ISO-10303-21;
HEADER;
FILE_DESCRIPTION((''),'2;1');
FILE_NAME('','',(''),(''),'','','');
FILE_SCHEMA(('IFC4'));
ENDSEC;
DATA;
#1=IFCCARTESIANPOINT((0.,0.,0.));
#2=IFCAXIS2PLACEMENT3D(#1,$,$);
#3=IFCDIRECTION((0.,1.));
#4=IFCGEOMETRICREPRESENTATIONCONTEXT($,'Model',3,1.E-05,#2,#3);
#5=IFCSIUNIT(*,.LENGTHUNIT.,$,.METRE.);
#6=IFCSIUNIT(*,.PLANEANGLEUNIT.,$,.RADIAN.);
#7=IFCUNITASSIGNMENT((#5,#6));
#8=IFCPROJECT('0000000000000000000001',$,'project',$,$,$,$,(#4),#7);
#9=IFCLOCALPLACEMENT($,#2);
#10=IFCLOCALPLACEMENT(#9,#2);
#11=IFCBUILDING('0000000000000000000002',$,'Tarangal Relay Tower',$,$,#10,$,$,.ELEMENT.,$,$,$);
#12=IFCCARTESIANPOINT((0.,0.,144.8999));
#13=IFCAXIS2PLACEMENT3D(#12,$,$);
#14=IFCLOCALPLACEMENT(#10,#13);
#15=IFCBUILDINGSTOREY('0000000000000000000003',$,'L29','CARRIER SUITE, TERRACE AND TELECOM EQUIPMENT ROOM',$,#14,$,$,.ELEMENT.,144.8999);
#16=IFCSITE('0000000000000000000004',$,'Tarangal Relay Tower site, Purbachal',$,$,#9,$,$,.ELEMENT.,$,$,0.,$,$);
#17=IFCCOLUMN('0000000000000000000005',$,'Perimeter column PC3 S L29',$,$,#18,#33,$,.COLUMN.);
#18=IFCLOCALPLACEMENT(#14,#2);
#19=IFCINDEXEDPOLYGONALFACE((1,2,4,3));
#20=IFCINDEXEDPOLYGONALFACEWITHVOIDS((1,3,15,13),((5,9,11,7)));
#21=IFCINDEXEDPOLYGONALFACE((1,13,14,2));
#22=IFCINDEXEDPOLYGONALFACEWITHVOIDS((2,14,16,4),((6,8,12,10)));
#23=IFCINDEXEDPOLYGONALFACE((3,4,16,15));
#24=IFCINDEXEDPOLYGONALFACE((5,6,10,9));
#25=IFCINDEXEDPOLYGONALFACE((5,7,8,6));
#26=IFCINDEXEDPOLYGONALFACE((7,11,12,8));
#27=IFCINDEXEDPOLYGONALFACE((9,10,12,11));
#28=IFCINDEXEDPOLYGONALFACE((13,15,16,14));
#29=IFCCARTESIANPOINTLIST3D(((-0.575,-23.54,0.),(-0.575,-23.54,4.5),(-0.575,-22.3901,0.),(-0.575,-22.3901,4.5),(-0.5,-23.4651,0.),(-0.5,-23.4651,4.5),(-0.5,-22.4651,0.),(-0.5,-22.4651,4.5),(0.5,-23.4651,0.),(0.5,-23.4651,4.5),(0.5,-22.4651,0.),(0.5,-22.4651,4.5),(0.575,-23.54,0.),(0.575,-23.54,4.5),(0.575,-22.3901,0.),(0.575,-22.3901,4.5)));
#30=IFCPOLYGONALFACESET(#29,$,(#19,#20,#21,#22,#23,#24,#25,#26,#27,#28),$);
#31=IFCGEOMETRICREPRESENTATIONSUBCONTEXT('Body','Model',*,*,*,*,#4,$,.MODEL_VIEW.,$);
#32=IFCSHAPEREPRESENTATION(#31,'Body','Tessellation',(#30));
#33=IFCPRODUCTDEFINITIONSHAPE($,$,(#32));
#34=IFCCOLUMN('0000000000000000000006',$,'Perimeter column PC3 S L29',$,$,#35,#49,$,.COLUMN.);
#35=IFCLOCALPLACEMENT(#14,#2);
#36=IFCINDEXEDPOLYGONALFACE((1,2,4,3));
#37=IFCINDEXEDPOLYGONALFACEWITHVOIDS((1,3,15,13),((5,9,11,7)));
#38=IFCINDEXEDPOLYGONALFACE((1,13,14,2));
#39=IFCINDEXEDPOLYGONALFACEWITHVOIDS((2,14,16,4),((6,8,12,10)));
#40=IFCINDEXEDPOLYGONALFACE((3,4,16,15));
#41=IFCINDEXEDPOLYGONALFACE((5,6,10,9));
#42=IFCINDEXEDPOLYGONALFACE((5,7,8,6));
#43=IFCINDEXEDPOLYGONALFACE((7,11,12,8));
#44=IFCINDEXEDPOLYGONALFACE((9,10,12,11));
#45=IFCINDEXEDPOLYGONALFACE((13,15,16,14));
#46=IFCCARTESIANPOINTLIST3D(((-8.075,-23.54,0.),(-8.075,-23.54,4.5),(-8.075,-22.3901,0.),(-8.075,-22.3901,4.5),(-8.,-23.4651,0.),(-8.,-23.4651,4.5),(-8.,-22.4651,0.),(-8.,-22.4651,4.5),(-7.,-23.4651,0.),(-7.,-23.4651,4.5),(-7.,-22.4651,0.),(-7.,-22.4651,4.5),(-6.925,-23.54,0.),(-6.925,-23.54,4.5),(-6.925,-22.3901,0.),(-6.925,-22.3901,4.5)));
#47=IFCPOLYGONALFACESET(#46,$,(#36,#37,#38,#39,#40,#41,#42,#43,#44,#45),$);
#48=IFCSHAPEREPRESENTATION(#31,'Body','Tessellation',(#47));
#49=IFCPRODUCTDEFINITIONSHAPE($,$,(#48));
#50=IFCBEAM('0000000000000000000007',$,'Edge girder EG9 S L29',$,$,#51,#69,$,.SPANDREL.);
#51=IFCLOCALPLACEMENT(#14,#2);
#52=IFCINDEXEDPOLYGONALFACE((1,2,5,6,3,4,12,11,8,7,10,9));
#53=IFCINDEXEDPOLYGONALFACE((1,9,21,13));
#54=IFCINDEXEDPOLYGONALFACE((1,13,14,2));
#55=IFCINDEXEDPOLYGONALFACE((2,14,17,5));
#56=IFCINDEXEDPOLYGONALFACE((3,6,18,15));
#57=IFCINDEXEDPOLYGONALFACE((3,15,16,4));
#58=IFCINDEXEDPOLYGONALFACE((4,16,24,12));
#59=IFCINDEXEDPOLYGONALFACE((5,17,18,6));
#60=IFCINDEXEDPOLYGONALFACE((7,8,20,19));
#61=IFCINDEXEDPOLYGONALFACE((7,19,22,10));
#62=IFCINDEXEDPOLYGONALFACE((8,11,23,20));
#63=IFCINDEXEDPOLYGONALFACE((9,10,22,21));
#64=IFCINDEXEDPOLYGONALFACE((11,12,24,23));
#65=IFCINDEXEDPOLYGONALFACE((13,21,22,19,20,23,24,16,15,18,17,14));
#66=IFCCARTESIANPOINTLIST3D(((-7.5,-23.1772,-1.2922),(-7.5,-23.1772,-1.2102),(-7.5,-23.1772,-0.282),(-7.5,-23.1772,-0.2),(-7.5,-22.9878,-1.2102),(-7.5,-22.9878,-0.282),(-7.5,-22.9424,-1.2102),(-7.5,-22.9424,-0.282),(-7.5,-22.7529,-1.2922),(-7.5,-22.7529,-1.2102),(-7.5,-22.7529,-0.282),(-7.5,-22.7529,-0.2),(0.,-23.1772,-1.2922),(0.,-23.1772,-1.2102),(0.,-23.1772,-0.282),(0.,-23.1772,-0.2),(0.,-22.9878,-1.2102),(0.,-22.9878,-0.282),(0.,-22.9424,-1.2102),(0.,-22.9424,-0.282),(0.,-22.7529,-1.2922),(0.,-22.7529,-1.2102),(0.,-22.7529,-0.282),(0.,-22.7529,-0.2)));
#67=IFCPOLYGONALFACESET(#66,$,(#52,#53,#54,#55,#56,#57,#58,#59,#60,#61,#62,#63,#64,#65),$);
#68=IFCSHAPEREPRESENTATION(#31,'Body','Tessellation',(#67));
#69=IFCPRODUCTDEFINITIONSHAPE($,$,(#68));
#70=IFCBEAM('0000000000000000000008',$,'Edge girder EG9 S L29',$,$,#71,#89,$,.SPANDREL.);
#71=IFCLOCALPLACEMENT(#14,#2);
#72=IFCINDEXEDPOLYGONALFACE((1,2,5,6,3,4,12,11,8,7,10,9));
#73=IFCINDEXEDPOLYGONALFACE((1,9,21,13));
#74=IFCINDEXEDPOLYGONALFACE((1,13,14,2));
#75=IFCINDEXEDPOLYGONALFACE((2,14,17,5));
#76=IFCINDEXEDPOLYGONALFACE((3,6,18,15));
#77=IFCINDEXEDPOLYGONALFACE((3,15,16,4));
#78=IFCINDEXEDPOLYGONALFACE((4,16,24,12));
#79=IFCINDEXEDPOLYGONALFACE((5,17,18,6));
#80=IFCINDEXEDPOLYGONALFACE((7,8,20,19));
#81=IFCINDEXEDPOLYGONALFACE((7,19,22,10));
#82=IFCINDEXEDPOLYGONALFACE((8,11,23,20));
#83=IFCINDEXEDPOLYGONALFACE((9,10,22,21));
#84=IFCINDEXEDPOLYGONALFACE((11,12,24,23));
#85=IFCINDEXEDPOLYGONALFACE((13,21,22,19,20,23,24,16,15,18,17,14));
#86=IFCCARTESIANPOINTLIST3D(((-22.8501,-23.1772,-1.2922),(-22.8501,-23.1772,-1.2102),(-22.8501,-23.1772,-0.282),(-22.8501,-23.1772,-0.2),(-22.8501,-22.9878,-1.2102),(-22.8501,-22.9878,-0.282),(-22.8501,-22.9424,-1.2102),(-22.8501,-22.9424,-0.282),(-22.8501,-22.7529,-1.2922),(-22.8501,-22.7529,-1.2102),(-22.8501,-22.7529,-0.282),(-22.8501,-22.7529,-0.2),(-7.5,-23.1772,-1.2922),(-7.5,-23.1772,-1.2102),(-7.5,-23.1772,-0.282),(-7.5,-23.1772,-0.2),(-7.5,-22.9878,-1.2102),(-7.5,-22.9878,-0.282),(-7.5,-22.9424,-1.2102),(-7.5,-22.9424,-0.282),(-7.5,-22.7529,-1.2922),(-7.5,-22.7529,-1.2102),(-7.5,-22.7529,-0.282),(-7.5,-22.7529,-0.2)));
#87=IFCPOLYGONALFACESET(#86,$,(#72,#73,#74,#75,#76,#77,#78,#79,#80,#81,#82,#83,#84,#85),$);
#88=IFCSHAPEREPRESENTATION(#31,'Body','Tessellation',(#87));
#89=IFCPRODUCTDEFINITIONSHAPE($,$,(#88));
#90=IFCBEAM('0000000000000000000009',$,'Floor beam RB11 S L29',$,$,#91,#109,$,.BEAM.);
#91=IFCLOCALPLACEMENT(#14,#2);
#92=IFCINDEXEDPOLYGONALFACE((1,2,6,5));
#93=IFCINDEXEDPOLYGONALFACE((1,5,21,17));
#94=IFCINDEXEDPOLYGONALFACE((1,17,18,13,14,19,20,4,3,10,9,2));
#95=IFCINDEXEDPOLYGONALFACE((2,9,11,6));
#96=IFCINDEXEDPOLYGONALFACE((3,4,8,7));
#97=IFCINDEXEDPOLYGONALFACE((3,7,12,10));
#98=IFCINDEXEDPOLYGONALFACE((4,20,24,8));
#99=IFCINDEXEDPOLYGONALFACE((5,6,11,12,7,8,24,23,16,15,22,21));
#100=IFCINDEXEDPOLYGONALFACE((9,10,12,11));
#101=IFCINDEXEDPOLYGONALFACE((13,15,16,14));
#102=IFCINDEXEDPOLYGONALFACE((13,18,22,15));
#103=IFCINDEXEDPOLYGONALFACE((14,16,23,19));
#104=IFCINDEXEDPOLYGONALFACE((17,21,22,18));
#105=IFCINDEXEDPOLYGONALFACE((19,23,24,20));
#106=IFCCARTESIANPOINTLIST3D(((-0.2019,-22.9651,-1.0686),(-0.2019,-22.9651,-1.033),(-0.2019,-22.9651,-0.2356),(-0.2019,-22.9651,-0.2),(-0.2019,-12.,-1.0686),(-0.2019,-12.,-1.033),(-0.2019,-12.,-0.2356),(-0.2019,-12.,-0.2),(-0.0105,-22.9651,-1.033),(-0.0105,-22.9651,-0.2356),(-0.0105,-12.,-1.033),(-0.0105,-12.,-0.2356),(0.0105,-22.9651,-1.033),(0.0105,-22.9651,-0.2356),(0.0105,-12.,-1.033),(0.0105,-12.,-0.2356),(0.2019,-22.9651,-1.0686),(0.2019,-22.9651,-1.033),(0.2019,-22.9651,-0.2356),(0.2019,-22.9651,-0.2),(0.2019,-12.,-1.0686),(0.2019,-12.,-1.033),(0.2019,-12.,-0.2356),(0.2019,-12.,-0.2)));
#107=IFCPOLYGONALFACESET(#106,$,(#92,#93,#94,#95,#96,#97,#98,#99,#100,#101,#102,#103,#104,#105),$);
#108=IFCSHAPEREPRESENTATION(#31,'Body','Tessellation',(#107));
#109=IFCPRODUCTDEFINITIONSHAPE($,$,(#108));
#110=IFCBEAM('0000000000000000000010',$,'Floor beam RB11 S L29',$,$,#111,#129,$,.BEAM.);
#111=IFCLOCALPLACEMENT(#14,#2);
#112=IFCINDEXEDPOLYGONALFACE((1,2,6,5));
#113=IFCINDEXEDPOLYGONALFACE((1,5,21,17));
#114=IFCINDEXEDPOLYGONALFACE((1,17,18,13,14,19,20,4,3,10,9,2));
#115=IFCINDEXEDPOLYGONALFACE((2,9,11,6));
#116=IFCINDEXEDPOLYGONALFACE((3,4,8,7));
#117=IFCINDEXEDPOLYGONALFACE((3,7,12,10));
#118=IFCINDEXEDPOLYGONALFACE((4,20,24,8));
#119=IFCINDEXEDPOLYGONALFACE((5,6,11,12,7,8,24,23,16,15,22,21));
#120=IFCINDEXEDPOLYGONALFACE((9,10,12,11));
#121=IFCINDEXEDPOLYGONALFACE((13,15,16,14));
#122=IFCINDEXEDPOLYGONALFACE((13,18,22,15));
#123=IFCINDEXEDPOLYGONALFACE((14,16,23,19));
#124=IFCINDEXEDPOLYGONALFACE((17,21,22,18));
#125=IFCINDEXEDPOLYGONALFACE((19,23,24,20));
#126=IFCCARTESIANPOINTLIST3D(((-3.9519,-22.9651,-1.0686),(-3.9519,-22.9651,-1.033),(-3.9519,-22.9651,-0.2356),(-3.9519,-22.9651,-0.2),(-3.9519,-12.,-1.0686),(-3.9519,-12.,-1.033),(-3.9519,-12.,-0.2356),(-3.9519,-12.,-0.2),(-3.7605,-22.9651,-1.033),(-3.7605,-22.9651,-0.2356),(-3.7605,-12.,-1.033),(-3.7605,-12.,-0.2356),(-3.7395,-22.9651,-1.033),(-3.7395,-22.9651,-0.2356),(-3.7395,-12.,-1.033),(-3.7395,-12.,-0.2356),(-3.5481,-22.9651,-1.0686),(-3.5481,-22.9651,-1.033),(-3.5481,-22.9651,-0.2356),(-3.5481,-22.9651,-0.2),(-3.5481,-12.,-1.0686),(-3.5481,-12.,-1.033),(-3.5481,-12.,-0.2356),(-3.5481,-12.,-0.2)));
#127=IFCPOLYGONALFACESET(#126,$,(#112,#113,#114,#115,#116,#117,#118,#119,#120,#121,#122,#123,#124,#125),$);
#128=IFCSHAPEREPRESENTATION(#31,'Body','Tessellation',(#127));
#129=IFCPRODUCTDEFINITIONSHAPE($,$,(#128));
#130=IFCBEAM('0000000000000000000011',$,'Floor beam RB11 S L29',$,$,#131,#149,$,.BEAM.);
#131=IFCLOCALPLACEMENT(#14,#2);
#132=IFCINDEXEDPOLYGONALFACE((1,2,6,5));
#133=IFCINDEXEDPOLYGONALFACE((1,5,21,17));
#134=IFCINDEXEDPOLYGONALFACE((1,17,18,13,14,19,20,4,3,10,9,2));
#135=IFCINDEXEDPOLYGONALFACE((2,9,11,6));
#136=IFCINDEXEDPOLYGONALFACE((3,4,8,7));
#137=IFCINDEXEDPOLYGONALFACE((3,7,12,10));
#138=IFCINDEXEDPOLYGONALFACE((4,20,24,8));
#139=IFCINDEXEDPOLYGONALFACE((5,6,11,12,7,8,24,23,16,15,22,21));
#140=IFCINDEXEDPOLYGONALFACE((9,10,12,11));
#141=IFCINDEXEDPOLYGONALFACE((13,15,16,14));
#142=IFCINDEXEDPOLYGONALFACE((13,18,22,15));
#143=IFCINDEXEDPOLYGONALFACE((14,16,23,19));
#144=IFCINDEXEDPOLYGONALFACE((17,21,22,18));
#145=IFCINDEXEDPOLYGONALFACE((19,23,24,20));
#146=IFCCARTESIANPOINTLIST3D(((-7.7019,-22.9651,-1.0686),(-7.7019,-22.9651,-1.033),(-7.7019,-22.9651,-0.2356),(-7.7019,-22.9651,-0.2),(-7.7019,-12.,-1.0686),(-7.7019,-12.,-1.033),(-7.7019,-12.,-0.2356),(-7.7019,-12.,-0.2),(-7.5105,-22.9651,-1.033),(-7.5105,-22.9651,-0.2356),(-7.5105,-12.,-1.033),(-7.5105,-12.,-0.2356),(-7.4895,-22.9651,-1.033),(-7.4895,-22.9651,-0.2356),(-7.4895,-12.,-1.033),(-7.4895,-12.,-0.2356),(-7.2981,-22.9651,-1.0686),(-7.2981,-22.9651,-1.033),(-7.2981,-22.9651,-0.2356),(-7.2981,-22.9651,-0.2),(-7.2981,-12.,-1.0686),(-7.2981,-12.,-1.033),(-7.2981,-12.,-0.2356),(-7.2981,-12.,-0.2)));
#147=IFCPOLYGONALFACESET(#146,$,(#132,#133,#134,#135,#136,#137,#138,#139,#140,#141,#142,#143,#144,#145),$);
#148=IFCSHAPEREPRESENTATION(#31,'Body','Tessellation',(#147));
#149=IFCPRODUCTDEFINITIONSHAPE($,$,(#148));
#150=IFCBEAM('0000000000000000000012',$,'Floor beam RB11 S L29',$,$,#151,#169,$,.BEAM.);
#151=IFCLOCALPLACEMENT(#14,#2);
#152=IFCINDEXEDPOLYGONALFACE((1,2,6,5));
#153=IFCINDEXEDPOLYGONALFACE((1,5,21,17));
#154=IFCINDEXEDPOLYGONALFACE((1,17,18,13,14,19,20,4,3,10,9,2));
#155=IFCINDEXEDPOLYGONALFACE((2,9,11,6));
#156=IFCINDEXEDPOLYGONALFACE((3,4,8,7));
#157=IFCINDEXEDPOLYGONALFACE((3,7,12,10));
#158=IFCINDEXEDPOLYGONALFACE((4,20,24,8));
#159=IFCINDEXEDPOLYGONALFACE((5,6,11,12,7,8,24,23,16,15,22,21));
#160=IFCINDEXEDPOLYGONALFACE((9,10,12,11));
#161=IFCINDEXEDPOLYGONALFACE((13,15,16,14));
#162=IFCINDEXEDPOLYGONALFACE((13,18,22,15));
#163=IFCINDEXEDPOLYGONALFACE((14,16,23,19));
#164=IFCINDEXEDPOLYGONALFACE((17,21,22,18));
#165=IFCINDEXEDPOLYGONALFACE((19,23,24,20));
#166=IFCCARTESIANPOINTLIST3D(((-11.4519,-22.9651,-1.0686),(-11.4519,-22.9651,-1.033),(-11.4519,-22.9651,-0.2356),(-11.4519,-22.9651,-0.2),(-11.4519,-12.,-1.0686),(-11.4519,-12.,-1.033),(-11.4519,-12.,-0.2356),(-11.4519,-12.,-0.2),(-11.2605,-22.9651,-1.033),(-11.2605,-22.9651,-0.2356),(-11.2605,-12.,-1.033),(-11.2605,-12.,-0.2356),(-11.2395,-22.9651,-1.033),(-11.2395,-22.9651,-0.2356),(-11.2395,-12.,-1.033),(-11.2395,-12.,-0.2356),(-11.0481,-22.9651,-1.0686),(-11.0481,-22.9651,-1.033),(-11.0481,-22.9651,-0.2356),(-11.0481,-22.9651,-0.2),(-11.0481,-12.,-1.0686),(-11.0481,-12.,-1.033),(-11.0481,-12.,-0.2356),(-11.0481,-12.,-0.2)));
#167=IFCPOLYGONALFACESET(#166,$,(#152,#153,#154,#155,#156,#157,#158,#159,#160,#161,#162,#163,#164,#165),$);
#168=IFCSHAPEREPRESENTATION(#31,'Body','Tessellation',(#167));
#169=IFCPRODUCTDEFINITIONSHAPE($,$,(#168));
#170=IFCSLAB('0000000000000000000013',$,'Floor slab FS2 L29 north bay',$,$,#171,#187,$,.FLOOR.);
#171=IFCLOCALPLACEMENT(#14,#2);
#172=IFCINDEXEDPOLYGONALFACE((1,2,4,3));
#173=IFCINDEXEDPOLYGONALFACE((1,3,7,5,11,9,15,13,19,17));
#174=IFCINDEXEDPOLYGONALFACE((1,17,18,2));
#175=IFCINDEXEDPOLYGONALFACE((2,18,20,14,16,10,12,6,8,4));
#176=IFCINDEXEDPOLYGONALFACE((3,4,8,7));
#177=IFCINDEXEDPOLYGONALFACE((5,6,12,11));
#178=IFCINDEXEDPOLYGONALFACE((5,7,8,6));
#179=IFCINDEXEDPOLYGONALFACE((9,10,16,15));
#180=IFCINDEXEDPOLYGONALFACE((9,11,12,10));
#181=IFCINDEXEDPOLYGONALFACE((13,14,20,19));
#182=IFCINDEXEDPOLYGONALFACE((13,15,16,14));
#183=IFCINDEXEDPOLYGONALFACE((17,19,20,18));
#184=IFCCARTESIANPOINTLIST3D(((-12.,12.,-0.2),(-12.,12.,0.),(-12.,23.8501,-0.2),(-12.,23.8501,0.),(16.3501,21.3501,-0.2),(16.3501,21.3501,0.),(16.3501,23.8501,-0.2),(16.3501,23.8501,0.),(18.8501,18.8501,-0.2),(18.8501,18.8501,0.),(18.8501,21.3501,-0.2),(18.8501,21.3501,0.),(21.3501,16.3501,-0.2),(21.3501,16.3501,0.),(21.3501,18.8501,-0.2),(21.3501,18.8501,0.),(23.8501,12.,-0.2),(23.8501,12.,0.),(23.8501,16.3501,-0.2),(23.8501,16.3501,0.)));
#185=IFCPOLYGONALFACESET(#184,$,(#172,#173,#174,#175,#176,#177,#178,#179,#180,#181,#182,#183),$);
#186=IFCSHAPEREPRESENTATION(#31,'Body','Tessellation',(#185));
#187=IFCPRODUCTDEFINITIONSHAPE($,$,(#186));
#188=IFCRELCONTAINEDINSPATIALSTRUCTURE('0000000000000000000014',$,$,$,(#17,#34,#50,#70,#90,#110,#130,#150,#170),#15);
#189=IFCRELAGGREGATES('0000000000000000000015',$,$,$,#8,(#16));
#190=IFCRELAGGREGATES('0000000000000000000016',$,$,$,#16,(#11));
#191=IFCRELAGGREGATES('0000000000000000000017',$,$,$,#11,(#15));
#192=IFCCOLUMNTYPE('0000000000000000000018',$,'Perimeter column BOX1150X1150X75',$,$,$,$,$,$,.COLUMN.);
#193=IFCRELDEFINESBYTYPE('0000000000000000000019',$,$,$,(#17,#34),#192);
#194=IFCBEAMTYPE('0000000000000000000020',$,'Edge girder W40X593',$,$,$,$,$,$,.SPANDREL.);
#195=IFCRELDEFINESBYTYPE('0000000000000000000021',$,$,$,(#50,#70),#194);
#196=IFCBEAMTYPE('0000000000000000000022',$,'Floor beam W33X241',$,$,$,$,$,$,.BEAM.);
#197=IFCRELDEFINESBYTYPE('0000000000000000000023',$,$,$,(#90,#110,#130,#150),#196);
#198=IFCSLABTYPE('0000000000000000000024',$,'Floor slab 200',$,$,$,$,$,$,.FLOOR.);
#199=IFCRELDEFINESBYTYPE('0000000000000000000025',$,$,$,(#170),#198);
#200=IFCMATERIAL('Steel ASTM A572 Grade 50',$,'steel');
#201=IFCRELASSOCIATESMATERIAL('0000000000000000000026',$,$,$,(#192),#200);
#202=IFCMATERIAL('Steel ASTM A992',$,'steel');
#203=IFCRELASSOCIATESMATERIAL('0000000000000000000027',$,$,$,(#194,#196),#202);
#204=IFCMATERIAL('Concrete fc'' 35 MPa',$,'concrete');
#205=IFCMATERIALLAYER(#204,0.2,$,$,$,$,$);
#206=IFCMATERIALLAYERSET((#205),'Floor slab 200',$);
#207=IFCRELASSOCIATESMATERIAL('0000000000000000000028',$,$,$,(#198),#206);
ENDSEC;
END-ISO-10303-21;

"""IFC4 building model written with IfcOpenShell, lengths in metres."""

from ifc_helpers import new_model, si_unit, direction, frame, origin, origin_2d, place, context, subcontext, project, spatial, polyline, hollow_rectangle, i_section, outline, extrude, material, layer, layer_set, material_profile, profile_set, type_object, element, save


model = new_model("IFC4")

# Units and contexts
model_context = context("Model", 3, precision=1e-05, world=origin(), true_north=direction((0.0, 1.0)))
body_context = subcontext(model_context, "Body", "Model", "MODEL_VIEW")
ifc_project = project(units=[si_unit("LENGTHUNIT", "METRE"), si_unit("PLANEANGLEUNIT", "RADIAN")], contexts=[model_context])

# Site, building, storey
site_placement = place(None, origin())
site = spatial("IfcSite", under=ifc_project, at=site_placement, Name="Tarangal Relay Tower site, Purbachal", CompositionType="ELEMENT", RefElevation=0.0)
building_placement = place(site_placement, origin())
building = spatial("IfcBuilding", under=site, at=building_placement, Name="Tarangal Relay Tower", CompositionType="ELEMENT")
storey_placement = place(building_placement, frame((0.0, 0.0, 144.8999)))
storey = spatial("IfcBuildingStorey", under=building, at=storey_placement, Name="L29", Description="CARRIER SUITE, TERRACE AND TELECOM EQUIPMENT ROOM", CompositionType="ELEMENT", Elevation=144.8999)

# Columns
ifc_material_1 = material(Name="Steel ASTM A572 Grade 50", Category="steel")
ifc_material_profile_1 = material_profile(ifc_material_1, hollow_rectangle(XDim=1.1499, YDim=1.1499, WallThickness=0.075, at=origin_2d()), Name="BOX1150X1150X75")
ifc_profile_set_1 = profile_set([ifc_material_profile_1], Name="Steel ASTM A572 Grade 50")
column_type = type_object("IfcColumnType", Name="Perimeter column BOX1150X1150X75", PredefinedType="COLUMN", material=ifc_profile_set_1)
for number, where, z_axis, x_axis, name in (
    (1, (0.0, -22.9651, 0.0), (0.0, 0.0, 1.0), (1.0, 0.0, 0.0), "Perimeter column PC3 S L29"),
    (2, (-7.5, -22.9651, 0.0), (0.0, 0.0, 1.0), (1.0, 0.0, 0.0), "Perimeter column PC3 S L29"),
):
    element("IfcColumn", number, at=place(storey_placement, frame(where, z_axis=z_axis, x_axis=x_axis)), inside=storey, type_object=column_type, Name=name, PredefinedType="COLUMN", context=body_context, shape_type="SweptSolid", body=[
        extrude(hollow_rectangle(XDim=1.1499, YDim=1.1499, WallThickness=0.075, at=origin_2d()), origin(), (0.0, 0.0, 1.0), 4.5),
    ])

# Beams
ifc_material_2 = material(Name="Steel ASTM A992", Category="steel")
ifc_material_profile_2 = material_profile(ifc_material_2, i_section(OverallWidth=0.4243, OverallDepth=1.0923, WebThickness=0.0454, FlangeThickness=0.082, at=origin_2d()), Name="W40X593")
ifc_profile_set_2 = profile_set([ifc_material_profile_2], Name="Steel ASTM A992")
beam_type_1 = type_object("IfcBeamType", Name="Edge girder W40X593", PredefinedType="SPANDREL", material=ifc_profile_set_2)
beam_1_placement = place(storey_placement, frame((0.0, -22.9651, -0.7461), z_axis=(-1.0, 0.0, 0.0), x_axis=(0.0, -1.0, 0.0)))
element("IfcBeam", 3, at=beam_1_placement, inside=storey, type_object=beam_type_1, Name="Edge girder EG9 S L29", PredefinedType="SPANDREL", context=body_context, shape_type="SweptSolid", body=[
    extrude(i_section(OverallWidth=0.4243, OverallDepth=1.0923, WebThickness=0.0454, FlangeThickness=0.082, at=origin_2d()), origin(), (0.0, 0.0, 1.0), 7.5),
])
beam_2_placement = place(storey_placement, frame((-7.5, -22.9651, -0.7461), z_axis=(-1.0, 0.0, 0.0), x_axis=(0.0, -1.0, 0.0)))
element("IfcBeam", 4, at=beam_2_placement, inside=storey, type_object=beam_type_1, Name="Edge girder EG9 S L29", PredefinedType="SPANDREL", context=body_context, shape_type="SweptSolid", body=[
    extrude(i_section(OverallWidth=0.4243, OverallDepth=1.0923, WebThickness=0.0454, FlangeThickness=0.082, at=origin_2d()), origin(), (0.0, 0.0, 1.0), 15.3501),
])
ifc_material_profile_3 = material_profile(ifc_material_2, i_section(OverallWidth=0.4038, OverallDepth=0.8687, WebThickness=0.021, FlangeThickness=0.0356, at=origin_2d()), Name="W33X241")
ifc_profile_set_3 = profile_set([ifc_material_profile_3], Name="Steel ASTM A992")
beam_type_2 = type_object("IfcBeamType", Name="Floor beam W33X241", PredefinedType="BEAM", material=ifc_profile_set_3)
for number, where, z_axis, x_axis, name in (
    (5, (0.0, -12.0, -0.6343), (0.0, -1.0, 0.0), (1.0, 0.0, 0.0), "Floor beam RB11 S L29"),
    (6, (-3.75, -12.0, -0.6343), (0.0, -1.0, 0.0), (1.0, 0.0, 0.0), "Floor beam RB11 S L29"),
    (7, (-7.5, -12.0, -0.6343), (0.0, -1.0, 0.0), (1.0, 0.0, 0.0), "Floor beam RB11 S L29"),
    (8, (-11.25, -12.0, -0.6343), (0.0, -1.0, 0.0), (1.0, 0.0, 0.0), "Floor beam RB11 S L29"),
):
    element("IfcBeam", number, at=place(storey_placement, frame(where, z_axis=z_axis, x_axis=x_axis)), inside=storey, type_object=beam_type_2, Name=name, PredefinedType="BEAM", context=body_context, shape_type="SweptSolid", body=[
        extrude(i_section(OverallWidth=0.4038, OverallDepth=0.8687, WebThickness=0.021, FlangeThickness=0.0356, at=origin_2d()), origin(), (0.0, 0.0, 1.0), 10.9651),
    ])

# Slab
ifc_material_3 = material(Name="Concrete fc' 35 MPa", Category="concrete")
ifc_layer_1 = layer(ifc_material_3, 0.2)
ifc_layer_set_1 = layer_set([ifc_layer_1], Name="Floor slab 200")
slab_type = type_object("IfcSlabType", Name="Floor slab 200", PredefinedType="FLOOR", material=ifc_layer_set_1)
slab_1_placement = place(storey_placement, frame((0.0, 0.0, -0.2)))
element("IfcSlab", 9, at=slab_1_placement, inside=storey, type_object=slab_type, Name="Floor slab FS2 L29 north bay", PredefinedType="FLOOR", context=body_context, shape_type="SweptSolid", body=[
    extrude(outline(polyline([(16.3501, 23.8501), (16.3501, 21.3501), (18.8501, 21.3501), (18.8501, 18.8501), (21.3501, 18.8501), (21.3501, 16.3501), (23.8501, 16.3501), (23.8501, 12.0), (-12.0, 12.0), (-12.0, 23.8501), (16.3501, 23.8501)])), origin(), (0.0, 0.0, 1.0), 0.2),
])

save(model, "model.ifc")
